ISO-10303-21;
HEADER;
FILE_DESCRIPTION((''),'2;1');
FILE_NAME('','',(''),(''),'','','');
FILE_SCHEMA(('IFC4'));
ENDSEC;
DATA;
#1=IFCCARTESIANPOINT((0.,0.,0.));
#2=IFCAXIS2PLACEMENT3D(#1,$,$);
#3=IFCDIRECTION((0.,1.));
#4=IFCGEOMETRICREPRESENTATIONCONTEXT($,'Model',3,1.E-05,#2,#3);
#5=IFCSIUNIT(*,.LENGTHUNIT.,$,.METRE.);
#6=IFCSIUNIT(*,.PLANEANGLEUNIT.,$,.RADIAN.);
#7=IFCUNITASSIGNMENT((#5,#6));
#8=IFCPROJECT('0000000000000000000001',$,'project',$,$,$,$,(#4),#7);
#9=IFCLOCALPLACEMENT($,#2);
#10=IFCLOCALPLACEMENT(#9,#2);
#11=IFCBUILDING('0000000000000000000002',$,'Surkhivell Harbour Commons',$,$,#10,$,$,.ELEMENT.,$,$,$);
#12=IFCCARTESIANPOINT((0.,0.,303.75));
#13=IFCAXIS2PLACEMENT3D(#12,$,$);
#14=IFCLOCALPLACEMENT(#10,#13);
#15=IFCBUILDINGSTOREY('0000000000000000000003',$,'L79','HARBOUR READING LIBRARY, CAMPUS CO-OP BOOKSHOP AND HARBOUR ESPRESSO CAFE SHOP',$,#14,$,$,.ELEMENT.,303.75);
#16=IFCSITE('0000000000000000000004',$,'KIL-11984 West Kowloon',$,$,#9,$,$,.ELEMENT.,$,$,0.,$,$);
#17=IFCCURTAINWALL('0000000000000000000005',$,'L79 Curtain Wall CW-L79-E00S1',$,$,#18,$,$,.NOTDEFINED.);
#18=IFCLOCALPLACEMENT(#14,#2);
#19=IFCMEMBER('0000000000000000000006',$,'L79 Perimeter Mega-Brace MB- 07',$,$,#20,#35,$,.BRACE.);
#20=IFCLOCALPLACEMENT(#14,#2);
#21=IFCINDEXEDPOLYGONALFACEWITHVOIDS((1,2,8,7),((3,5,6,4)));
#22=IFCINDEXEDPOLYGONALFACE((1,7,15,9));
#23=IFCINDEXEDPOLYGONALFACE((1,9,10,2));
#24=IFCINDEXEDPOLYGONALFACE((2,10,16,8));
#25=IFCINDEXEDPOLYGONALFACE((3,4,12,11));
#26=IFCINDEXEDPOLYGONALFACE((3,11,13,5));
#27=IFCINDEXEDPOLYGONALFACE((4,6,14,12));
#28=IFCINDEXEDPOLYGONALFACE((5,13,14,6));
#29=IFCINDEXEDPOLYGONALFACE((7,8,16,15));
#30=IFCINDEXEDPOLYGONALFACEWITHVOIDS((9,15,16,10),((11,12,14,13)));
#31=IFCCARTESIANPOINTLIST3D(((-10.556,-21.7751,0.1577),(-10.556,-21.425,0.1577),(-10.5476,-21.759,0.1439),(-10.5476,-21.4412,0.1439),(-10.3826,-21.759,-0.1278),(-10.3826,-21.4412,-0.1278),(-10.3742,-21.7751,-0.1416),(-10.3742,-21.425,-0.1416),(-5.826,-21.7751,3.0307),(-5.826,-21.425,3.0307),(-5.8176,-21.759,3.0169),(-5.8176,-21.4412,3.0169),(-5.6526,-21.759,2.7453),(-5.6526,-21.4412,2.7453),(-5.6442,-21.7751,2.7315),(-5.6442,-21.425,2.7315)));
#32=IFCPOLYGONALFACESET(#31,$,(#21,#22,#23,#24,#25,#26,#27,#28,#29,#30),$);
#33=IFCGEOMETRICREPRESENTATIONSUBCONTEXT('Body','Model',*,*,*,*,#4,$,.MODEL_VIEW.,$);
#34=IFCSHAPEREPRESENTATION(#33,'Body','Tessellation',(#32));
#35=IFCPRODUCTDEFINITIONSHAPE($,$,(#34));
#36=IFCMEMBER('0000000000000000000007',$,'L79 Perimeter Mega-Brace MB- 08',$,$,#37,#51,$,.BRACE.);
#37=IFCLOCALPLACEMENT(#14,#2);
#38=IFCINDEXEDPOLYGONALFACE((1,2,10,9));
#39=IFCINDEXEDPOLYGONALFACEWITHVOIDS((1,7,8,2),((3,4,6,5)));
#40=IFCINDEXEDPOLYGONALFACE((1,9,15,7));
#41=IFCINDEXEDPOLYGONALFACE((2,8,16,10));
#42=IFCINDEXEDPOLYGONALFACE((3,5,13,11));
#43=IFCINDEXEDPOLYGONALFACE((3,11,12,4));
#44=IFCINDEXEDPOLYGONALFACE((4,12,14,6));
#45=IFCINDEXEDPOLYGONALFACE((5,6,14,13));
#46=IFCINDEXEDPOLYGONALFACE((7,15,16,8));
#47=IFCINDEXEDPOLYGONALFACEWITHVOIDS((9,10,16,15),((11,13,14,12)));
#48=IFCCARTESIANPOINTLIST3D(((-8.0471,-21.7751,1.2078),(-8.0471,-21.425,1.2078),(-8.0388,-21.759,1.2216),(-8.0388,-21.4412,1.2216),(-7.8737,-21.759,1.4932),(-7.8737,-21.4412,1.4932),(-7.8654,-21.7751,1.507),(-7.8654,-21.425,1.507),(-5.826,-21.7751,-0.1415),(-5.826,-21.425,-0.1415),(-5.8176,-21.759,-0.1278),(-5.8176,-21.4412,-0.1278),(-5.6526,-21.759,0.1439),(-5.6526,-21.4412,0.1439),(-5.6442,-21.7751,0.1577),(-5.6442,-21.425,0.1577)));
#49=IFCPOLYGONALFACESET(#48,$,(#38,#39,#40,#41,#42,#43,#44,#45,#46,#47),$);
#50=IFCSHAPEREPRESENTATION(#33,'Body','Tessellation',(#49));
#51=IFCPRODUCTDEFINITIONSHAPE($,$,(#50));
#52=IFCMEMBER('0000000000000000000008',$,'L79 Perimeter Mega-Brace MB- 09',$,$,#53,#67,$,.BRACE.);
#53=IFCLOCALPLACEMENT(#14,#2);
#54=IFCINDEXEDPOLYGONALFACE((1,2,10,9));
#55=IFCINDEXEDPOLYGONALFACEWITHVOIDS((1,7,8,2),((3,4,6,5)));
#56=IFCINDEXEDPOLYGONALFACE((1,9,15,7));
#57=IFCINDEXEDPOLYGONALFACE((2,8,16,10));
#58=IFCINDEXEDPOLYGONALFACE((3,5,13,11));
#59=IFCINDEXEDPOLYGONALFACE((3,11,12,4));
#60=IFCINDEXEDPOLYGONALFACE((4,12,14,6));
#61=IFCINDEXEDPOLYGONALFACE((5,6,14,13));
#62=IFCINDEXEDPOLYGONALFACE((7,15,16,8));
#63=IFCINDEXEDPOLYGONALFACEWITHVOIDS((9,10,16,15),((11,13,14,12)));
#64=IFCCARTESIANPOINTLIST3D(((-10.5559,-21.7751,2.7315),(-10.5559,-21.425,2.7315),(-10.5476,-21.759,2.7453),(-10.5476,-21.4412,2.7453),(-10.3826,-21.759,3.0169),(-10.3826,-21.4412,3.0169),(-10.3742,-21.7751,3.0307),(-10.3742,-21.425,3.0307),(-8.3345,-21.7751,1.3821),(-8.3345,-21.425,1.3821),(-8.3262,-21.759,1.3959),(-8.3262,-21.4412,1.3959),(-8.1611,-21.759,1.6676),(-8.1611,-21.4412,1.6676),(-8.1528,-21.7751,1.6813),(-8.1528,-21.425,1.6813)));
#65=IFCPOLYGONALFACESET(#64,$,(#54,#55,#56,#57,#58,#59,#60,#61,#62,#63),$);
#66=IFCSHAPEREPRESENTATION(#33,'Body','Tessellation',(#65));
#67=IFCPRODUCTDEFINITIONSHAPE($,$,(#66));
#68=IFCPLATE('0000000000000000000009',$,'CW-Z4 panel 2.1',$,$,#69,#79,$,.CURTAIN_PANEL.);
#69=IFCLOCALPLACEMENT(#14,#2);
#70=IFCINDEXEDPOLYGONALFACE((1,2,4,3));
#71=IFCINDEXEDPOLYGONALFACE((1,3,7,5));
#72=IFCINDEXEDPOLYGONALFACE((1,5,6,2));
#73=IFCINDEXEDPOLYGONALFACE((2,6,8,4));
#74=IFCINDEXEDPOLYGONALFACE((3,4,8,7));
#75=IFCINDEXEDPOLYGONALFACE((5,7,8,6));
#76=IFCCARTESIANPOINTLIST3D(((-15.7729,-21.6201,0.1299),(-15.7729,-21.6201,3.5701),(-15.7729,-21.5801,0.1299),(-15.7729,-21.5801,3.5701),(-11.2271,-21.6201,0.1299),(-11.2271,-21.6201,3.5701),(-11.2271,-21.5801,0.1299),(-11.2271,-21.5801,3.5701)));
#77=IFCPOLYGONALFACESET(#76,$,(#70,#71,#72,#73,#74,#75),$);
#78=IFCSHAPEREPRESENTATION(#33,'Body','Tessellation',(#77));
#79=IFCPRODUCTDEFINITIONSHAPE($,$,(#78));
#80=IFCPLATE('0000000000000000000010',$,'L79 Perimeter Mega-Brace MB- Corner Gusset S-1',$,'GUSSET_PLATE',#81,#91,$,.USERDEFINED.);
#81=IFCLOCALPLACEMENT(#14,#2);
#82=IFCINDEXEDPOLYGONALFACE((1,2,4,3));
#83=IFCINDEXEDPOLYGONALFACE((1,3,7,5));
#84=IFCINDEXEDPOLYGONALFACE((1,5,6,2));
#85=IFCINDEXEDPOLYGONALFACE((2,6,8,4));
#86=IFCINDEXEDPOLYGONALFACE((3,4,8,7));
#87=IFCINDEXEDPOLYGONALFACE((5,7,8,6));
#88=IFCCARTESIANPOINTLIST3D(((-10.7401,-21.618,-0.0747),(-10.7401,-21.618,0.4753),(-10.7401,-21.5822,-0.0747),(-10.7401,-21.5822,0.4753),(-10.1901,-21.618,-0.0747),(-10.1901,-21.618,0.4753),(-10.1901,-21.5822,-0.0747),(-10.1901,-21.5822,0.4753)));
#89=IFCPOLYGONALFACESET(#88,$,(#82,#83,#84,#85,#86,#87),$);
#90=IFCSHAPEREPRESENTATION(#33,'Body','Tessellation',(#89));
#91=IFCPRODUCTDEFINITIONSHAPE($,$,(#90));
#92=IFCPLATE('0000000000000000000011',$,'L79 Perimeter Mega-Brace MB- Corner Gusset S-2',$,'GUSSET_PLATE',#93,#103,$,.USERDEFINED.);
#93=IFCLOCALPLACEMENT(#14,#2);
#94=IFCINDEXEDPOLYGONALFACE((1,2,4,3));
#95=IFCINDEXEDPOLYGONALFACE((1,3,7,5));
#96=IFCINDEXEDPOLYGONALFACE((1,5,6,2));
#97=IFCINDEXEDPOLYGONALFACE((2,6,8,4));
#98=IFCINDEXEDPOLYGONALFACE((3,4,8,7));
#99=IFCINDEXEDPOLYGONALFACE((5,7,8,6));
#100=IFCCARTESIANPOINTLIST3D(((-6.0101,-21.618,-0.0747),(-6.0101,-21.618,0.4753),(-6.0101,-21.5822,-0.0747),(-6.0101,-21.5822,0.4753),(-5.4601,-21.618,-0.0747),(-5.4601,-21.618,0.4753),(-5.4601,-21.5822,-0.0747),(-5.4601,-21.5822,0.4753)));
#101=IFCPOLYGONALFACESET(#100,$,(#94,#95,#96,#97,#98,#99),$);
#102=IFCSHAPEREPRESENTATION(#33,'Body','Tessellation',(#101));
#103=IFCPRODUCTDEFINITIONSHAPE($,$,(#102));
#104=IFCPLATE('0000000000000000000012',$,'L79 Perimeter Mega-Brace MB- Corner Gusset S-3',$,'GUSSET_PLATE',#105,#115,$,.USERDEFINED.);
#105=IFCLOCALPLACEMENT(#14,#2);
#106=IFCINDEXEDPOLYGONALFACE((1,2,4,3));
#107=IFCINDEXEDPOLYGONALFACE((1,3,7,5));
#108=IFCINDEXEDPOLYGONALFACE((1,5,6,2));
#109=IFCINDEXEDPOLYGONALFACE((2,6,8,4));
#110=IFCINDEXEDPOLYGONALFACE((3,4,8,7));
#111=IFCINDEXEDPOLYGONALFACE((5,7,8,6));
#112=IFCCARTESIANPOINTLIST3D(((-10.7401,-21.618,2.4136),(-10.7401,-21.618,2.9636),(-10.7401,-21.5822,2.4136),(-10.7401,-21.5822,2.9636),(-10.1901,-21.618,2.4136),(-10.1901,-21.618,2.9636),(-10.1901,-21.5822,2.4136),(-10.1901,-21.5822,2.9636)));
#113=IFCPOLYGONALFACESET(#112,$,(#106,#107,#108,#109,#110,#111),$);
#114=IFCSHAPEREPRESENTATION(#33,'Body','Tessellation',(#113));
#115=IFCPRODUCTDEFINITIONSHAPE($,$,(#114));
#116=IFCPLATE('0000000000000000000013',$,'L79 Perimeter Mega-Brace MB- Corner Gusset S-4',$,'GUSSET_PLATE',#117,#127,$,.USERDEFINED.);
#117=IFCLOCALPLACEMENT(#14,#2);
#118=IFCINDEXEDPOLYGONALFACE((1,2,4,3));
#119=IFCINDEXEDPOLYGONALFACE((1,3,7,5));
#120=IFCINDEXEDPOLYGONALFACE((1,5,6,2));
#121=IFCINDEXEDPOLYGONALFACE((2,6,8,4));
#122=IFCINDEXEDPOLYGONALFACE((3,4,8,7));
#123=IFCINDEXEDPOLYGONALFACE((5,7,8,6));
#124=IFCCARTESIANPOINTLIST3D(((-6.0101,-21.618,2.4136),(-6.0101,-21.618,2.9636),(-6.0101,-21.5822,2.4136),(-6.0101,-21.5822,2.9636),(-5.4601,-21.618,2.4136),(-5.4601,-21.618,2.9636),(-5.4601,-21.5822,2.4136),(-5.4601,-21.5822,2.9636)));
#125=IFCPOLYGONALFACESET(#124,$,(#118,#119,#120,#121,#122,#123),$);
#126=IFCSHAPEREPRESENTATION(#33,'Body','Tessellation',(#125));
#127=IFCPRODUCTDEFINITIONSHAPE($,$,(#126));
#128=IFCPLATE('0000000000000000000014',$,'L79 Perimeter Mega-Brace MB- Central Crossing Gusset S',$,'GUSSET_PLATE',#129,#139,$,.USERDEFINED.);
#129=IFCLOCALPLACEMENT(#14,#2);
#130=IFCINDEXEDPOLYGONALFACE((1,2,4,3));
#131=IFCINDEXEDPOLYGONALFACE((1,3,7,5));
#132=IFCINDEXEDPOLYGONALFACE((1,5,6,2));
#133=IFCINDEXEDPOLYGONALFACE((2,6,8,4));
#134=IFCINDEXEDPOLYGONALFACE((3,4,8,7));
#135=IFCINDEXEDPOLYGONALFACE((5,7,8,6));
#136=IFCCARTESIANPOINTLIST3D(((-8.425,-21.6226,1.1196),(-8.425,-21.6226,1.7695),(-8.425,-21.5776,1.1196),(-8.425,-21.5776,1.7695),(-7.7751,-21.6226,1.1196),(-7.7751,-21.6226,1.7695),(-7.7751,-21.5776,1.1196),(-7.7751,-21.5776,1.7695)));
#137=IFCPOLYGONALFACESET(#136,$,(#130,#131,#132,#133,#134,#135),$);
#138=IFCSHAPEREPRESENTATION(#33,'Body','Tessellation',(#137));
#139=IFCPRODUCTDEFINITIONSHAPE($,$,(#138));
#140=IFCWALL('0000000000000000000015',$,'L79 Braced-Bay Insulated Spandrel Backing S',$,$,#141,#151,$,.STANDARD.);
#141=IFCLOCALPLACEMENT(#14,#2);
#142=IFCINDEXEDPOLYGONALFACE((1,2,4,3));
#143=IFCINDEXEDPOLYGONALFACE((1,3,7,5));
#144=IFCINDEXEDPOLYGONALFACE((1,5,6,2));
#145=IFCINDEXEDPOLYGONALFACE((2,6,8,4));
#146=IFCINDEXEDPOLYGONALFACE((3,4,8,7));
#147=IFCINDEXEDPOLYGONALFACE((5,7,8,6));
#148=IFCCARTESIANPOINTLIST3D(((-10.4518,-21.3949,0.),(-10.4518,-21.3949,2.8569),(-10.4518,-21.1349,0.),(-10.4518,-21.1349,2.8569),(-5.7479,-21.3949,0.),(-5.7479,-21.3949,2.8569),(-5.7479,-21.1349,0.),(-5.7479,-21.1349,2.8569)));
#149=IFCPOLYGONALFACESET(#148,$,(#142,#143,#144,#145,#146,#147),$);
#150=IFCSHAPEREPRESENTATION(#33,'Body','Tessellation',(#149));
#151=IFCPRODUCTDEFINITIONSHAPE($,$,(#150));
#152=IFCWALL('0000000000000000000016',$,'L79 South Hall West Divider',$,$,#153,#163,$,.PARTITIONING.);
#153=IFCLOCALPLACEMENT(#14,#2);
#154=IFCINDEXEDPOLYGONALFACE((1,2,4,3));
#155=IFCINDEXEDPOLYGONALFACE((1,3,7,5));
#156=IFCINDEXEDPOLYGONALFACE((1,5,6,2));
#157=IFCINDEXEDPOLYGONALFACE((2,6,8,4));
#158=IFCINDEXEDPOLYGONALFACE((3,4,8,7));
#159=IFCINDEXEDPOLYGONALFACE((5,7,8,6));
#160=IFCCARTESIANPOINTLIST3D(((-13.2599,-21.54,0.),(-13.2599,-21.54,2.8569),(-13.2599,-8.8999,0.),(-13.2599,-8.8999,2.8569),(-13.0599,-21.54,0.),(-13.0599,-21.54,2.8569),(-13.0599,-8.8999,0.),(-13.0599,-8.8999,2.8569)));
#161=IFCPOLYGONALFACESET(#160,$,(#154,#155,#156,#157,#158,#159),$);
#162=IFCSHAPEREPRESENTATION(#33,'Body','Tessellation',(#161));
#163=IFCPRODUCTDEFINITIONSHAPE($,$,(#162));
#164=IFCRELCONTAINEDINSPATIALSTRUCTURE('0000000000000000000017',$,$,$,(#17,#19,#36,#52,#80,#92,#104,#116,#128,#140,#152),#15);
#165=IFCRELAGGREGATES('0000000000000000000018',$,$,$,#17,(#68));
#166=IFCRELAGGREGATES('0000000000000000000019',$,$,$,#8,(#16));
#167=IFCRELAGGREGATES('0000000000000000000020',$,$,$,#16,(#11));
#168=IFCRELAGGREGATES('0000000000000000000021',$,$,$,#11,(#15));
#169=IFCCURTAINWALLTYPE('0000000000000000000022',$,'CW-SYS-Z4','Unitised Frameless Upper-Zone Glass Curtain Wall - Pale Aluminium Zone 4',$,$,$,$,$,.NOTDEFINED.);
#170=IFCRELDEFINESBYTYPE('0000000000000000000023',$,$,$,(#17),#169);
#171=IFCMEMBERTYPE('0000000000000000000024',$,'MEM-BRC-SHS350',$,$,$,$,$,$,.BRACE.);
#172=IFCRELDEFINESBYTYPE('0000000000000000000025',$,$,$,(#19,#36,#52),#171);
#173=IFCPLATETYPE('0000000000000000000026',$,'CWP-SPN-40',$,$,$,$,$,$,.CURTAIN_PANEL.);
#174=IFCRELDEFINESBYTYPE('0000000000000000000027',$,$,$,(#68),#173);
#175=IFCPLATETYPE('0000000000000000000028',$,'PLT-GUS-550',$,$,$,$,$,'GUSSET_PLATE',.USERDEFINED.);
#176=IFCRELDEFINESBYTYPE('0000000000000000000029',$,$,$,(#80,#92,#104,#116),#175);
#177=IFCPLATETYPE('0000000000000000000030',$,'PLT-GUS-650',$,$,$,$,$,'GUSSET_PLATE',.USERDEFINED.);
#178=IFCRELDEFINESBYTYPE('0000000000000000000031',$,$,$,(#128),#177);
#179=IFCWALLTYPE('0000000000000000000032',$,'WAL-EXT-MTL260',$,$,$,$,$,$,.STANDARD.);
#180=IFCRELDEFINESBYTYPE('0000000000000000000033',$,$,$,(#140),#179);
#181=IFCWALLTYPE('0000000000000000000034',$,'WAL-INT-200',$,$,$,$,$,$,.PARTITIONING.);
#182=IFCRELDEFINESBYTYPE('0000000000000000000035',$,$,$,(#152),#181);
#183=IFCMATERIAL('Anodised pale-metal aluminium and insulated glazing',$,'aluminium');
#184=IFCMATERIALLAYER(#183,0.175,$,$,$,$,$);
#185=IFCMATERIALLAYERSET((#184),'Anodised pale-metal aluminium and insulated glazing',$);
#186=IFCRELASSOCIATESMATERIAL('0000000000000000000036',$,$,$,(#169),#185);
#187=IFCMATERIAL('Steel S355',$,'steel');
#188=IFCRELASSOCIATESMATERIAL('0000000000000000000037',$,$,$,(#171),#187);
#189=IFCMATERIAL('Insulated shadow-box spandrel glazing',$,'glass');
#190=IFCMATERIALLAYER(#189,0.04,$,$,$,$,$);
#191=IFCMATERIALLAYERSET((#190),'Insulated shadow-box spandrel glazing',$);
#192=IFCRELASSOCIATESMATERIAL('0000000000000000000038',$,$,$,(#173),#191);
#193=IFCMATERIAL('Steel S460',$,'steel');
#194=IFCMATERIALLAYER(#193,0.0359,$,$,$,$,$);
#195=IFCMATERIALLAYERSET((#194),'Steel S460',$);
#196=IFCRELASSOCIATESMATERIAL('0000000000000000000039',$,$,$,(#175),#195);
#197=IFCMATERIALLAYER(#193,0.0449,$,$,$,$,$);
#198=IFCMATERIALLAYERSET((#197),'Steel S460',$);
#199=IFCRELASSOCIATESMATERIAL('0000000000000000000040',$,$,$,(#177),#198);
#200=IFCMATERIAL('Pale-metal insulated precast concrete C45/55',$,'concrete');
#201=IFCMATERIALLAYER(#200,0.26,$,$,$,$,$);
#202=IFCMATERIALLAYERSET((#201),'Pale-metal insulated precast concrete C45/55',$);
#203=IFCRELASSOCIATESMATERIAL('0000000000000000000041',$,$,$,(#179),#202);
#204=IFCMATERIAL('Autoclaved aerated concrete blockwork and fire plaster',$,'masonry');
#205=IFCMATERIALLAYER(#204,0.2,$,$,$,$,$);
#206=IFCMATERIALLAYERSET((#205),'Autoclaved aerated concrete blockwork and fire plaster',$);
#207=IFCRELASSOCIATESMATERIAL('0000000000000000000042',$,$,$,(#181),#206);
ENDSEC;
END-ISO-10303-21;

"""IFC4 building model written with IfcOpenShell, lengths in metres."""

from ifc_helpers import new_model, si_unit, direction, frame, frame_2d, origin, origin_2d, place, context, subcontext, project, spatial, rectangle, hollow_rectangle, extrude, material, layer, layer_set, material_profile, profile_set, type_object, element, aggregate, save


model = new_model("IFC4")

# Units and contexts
model_context = context("Model", 3, precision=1e-05, world=origin(), true_north=direction((0.0, 1.0)))
body_context = subcontext(model_context, "Body", "Model", "MODEL_VIEW")
ifc_project = project(units=[si_unit("LENGTHUNIT", "METRE"), si_unit("PLANEANGLEUNIT", "RADIAN")], contexts=[model_context])

# Site, building, storey
site_placement = place(None, origin())
site = spatial("IfcSite", under=ifc_project, at=site_placement, Name="KIL-11984 West Kowloon", CompositionType="ELEMENT", RefElevation=0.0)
building_placement = place(site_placement, origin())
building = spatial("IfcBuilding", under=site, at=building_placement, Name="Surkhivell Harbour Commons", CompositionType="ELEMENT")
storey_placement = place(building_placement, frame((0.0, 0.0, 303.75)))
storey = spatial("IfcBuildingStorey", under=building, at=storey_placement, Name="L79", Description="HARBOUR READING LIBRARY, CAMPUS CO-OP BOOKSHOP AND HARBOUR ESPRESSO CAFE SHOP", CompositionType="ELEMENT", Elevation=303.75)

# Shared definitions
ifc_material_1 = material(Name="Steel S355", Category="steel")

# Curtain wall
ifc_material_2 = material(Name="Anodised pale-metal aluminium and insulated glazing", Category="aluminium")
ifc_layer_1 = layer(ifc_material_2, 0.175)
ifc_layer_set_1 = layer_set([ifc_layer_1], Name="Anodised pale-metal aluminium and insulated glazing")
curtain_wall_type = type_object("IfcCurtainWallType", Name="CW-SYS-Z4", Description="Unitised Frameless Upper-Zone Glass Curtain Wall - Pale Aluminium Zone 4", PredefinedType="NOTDEFINED", material=ifc_layer_set_1)
curtain_wall_placement = place(storey_placement, origin())
curtain_wall = element("IfcCurtainWall", 1, at=curtain_wall_placement, inside=storey, type_object=curtain_wall_type, Name="L79 Curtain Wall CW-L79-E00S1", PredefinedType="NOTDEFINED")

# Members
ifc_material_profile_1 = material_profile(ifc_material_1, hollow_rectangle(XDim=0.3501, YDim=0.3501, WallThickness=0.0161, at=origin_2d()), Name="SHS350x350x16")
ifc_profile_set_1 = profile_set([ifc_material_profile_1], Name="Steel S355")
member_type_1 = type_object("IfcMemberType", Name="MEM-BRC-SHS350", PredefinedType="BRACE", material=ifc_profile_set_1)
member_1_placement = place(storey_placement, frame((-10.4651, -21.6001, 0.0081), z_axis=(0.854685, 0.0, 0.519146), x_axis=(0.0, 1.0, 0.0)))
element("IfcMember", 2, at=member_1_placement, inside=storey, type_object=member_type_1, Name="L79 Perimeter Mega-Brace MB- 07", PredefinedType="BRACE", context=body_context, shape_type="SweptSolid", body=[
    extrude(hollow_rectangle(XDim=0.3501, YDim=0.3501, WallThickness=0.0161, at=origin_2d()), origin(), (0.0, 0.0, 1.0), 5.5342),
])
member_2_placement = place(storey_placement, frame((-5.7351, -21.6001, 0.0081), z_axis=(-0.854654, 0.0, 0.519199), x_axis=(0.0, -1.0, 0.0)))
element("IfcMember", 3, at=member_2_placement, inside=storey, type_object=member_type_1, Name="L79 Perimeter Mega-Brace MB- 08", PredefinedType="BRACE", context=body_context, shape_type="SweptSolid", body=[
    extrude(hollow_rectangle(XDim=0.3501, YDim=0.3501, WallThickness=0.0161, at=origin_2d()), origin(), (0.0, 0.0, 1.0), 2.5989),
])
member_3_placement = place(storey_placement, frame((-8.2437, -21.6001, 1.5317), z_axis=(-0.854679, 0.0, 0.519157), x_axis=(0.0, -1.0, 0.0)))
element("IfcMember", 4, at=member_3_placement, inside=storey, type_object=member_type_1, Name="L79 Perimeter Mega-Brace MB- 09", PredefinedType="BRACE", context=body_context, shape_type="SweptSolid", body=[
    extrude(hollow_rectangle(XDim=0.3501, YDim=0.3501, WallThickness=0.0161, at=origin_2d()), origin(), (0.0, 0.0, 1.0), 2.5991),
])

# Plate
ifc_material_3 = material(Name="Insulated shadow-box spandrel glazing", Category="glass")
ifc_layer_2 = layer(ifc_material_3, 0.04)
ifc_layer_set_2 = layer_set([ifc_layer_2], Name="Insulated shadow-box spandrel glazing")
plate_type_1 = type_object("IfcPlateType", Name="CWP-SPN-40", PredefinedType="CURTAIN_PANEL", material=ifc_layer_set_2)
plate_1_placement = place(storey_placement, frame((-15.7729, -21.6001, 0.1299), z_axis=(0.0, 0.0, 1.0), x_axis=(1.0, 0.0, 0.0)))
plate_1 = element("IfcPlate", 5, at=plate_1_placement, type_object=plate_type_1, Name="CW-Z4 panel 2.1", PredefinedType="CURTAIN_PANEL", context=body_context, shape_type="SweptSolid", body=[
    extrude(rectangle(XDim=4.5459, YDim=0.04, at=frame_2d((2.2729, 0.0))), origin(), (0.0, 0.0, 1.0), 3.4402),
])
aggregate(curtain_wall, [plate_1])

# Plates
ifc_material_4 = material(Name="Steel S460", Category="steel")
ifc_layer_3 = layer(ifc_material_4, 0.0359)
ifc_layer_set_3 = layer_set([ifc_layer_3], Name="Steel S460")
plate_type_2 = type_object("IfcPlateType", Name="PLT-GUS-550", ElementType="GUSSET_PLATE", PredefinedType="USERDEFINED", material=ifc_layer_set_3)
for number, where, z_axis, x_axis, name in (
    (6, (-10.4651, -21.6001, -0.0747), (0.0, 0.0, 1.0), (1.0, 0.0, 0.0), "L79 Perimeter Mega-Brace MB- Corner Gusset S-1"),
    (7, (-5.7351, -21.6001, -0.0747), (0.0, 0.0, 1.0), (1.0, 0.0, 0.0), "L79 Perimeter Mega-Brace MB- Corner Gusset S-2"),
    (8, (-10.4651, -21.6001, 2.4136), (0.0, 0.0, 1.0), (1.0, 0.0, 0.0), "L79 Perimeter Mega-Brace MB- Corner Gusset S-3"),
    (9, (-5.7351, -21.6001, 2.4136), (0.0, 0.0, 1.0), (1.0, 0.0, 0.0), "L79 Perimeter Mega-Brace MB- Corner Gusset S-4"),
):
    element("IfcPlate", number, at=place(storey_placement, frame(where, z_axis=z_axis, x_axis=x_axis)), inside=storey, type_object=plate_type_2, Name=name, ObjectType="GUSSET_PLATE", PredefinedType="USERDEFINED", context=body_context, shape_type="SweptSolid", body=[
        extrude(rectangle(XDim=0.55, YDim=0.0359, at=origin_2d()), origin(), (0.0, 0.0, 1.0), 0.55),
    ])
ifc_layer_4 = layer(ifc_material_4, 0.0449)
ifc_layer_set_4 = layer_set([ifc_layer_4], Name="Steel S460")
plate_type_3 = type_object("IfcPlateType", Name="PLT-GUS-650", ElementType="GUSSET_PLATE", PredefinedType="USERDEFINED", material=ifc_layer_set_4)
plate_2_placement = place(storey_placement, frame((-8.1001, -21.6001, 1.1196), z_axis=(0.0, 0.0, 1.0), x_axis=(1.0, 0.0, 0.0)))
element("IfcPlate", 10, at=plate_2_placement, inside=storey, type_object=plate_type_3, Name="L79 Perimeter Mega-Brace MB- Central Crossing Gusset S", ObjectType="GUSSET_PLATE", PredefinedType="USERDEFINED", context=body_context, shape_type="SweptSolid", body=[
    extrude(rectangle(XDim=0.6499, YDim=0.0449, at=origin_2d()), origin(), (0.0, 0.0, 1.0), 0.6499),
])

# Walls
ifc_material_5 = material(Name="Pale-metal insulated precast concrete C45/55", Category="concrete")
ifc_layer_5 = layer(ifc_material_5, 0.26)
ifc_layer_set_5 = layer_set([ifc_layer_5], Name="Pale-metal insulated precast concrete C45/55")
wall_type_1 = type_object("IfcWallType", Name="WAL-EXT-MTL260", PredefinedType="STANDARD", material=ifc_layer_set_5)
wall_1_placement = place(storey_placement, frame((-10.4519, -21.2649, 0.0), z_axis=(0.0, 0.0, 1.0), x_axis=(1.0, 0.0, 0.0)))
element("IfcWall", 11, at=wall_1_placement, inside=storey, type_object=wall_type_1, Name="L79 Braced-Bay Insulated Spandrel Backing S", PredefinedType="STANDARD", context=body_context, shape_type="SweptSolid", body=[
    extrude(rectangle(XDim=4.7039, YDim=0.26, at=frame_2d((2.3521, 0.0))), origin(), (0.0, 0.0, 1.0), 2.8569),
])
ifc_material_6 = material(Name="Autoclaved aerated concrete blockwork and fire plaster", Category="masonry")
ifc_layer_6 = layer(ifc_material_6, 0.2)
ifc_layer_set_6 = layer_set([ifc_layer_6], Name="Autoclaved aerated concrete blockwork and fire plaster")
wall_type_2 = type_object("IfcWallType", Name="WAL-INT-200", PredefinedType="PARTITIONING", material=ifc_layer_set_6)
wall_2_placement = place(storey_placement, frame((-13.1599, -21.54, 0.0), z_axis=(0.0, 0.0, 1.0), x_axis=(0.0, 1.0, 0.0)))
element("IfcWall", 12, at=wall_2_placement, inside=storey, type_object=wall_type_2, Name="L79 South Hall West Divider", PredefinedType="PARTITIONING", context=body_context, shape_type="SweptSolid", body=[
    extrude(rectangle(XDim=12.6401, YDim=0.2, at=frame_2d((6.3201, 0.0))), origin(), (0.0, 0.0, 1.0), 2.8569),
])

save(model, "model.ifc")
